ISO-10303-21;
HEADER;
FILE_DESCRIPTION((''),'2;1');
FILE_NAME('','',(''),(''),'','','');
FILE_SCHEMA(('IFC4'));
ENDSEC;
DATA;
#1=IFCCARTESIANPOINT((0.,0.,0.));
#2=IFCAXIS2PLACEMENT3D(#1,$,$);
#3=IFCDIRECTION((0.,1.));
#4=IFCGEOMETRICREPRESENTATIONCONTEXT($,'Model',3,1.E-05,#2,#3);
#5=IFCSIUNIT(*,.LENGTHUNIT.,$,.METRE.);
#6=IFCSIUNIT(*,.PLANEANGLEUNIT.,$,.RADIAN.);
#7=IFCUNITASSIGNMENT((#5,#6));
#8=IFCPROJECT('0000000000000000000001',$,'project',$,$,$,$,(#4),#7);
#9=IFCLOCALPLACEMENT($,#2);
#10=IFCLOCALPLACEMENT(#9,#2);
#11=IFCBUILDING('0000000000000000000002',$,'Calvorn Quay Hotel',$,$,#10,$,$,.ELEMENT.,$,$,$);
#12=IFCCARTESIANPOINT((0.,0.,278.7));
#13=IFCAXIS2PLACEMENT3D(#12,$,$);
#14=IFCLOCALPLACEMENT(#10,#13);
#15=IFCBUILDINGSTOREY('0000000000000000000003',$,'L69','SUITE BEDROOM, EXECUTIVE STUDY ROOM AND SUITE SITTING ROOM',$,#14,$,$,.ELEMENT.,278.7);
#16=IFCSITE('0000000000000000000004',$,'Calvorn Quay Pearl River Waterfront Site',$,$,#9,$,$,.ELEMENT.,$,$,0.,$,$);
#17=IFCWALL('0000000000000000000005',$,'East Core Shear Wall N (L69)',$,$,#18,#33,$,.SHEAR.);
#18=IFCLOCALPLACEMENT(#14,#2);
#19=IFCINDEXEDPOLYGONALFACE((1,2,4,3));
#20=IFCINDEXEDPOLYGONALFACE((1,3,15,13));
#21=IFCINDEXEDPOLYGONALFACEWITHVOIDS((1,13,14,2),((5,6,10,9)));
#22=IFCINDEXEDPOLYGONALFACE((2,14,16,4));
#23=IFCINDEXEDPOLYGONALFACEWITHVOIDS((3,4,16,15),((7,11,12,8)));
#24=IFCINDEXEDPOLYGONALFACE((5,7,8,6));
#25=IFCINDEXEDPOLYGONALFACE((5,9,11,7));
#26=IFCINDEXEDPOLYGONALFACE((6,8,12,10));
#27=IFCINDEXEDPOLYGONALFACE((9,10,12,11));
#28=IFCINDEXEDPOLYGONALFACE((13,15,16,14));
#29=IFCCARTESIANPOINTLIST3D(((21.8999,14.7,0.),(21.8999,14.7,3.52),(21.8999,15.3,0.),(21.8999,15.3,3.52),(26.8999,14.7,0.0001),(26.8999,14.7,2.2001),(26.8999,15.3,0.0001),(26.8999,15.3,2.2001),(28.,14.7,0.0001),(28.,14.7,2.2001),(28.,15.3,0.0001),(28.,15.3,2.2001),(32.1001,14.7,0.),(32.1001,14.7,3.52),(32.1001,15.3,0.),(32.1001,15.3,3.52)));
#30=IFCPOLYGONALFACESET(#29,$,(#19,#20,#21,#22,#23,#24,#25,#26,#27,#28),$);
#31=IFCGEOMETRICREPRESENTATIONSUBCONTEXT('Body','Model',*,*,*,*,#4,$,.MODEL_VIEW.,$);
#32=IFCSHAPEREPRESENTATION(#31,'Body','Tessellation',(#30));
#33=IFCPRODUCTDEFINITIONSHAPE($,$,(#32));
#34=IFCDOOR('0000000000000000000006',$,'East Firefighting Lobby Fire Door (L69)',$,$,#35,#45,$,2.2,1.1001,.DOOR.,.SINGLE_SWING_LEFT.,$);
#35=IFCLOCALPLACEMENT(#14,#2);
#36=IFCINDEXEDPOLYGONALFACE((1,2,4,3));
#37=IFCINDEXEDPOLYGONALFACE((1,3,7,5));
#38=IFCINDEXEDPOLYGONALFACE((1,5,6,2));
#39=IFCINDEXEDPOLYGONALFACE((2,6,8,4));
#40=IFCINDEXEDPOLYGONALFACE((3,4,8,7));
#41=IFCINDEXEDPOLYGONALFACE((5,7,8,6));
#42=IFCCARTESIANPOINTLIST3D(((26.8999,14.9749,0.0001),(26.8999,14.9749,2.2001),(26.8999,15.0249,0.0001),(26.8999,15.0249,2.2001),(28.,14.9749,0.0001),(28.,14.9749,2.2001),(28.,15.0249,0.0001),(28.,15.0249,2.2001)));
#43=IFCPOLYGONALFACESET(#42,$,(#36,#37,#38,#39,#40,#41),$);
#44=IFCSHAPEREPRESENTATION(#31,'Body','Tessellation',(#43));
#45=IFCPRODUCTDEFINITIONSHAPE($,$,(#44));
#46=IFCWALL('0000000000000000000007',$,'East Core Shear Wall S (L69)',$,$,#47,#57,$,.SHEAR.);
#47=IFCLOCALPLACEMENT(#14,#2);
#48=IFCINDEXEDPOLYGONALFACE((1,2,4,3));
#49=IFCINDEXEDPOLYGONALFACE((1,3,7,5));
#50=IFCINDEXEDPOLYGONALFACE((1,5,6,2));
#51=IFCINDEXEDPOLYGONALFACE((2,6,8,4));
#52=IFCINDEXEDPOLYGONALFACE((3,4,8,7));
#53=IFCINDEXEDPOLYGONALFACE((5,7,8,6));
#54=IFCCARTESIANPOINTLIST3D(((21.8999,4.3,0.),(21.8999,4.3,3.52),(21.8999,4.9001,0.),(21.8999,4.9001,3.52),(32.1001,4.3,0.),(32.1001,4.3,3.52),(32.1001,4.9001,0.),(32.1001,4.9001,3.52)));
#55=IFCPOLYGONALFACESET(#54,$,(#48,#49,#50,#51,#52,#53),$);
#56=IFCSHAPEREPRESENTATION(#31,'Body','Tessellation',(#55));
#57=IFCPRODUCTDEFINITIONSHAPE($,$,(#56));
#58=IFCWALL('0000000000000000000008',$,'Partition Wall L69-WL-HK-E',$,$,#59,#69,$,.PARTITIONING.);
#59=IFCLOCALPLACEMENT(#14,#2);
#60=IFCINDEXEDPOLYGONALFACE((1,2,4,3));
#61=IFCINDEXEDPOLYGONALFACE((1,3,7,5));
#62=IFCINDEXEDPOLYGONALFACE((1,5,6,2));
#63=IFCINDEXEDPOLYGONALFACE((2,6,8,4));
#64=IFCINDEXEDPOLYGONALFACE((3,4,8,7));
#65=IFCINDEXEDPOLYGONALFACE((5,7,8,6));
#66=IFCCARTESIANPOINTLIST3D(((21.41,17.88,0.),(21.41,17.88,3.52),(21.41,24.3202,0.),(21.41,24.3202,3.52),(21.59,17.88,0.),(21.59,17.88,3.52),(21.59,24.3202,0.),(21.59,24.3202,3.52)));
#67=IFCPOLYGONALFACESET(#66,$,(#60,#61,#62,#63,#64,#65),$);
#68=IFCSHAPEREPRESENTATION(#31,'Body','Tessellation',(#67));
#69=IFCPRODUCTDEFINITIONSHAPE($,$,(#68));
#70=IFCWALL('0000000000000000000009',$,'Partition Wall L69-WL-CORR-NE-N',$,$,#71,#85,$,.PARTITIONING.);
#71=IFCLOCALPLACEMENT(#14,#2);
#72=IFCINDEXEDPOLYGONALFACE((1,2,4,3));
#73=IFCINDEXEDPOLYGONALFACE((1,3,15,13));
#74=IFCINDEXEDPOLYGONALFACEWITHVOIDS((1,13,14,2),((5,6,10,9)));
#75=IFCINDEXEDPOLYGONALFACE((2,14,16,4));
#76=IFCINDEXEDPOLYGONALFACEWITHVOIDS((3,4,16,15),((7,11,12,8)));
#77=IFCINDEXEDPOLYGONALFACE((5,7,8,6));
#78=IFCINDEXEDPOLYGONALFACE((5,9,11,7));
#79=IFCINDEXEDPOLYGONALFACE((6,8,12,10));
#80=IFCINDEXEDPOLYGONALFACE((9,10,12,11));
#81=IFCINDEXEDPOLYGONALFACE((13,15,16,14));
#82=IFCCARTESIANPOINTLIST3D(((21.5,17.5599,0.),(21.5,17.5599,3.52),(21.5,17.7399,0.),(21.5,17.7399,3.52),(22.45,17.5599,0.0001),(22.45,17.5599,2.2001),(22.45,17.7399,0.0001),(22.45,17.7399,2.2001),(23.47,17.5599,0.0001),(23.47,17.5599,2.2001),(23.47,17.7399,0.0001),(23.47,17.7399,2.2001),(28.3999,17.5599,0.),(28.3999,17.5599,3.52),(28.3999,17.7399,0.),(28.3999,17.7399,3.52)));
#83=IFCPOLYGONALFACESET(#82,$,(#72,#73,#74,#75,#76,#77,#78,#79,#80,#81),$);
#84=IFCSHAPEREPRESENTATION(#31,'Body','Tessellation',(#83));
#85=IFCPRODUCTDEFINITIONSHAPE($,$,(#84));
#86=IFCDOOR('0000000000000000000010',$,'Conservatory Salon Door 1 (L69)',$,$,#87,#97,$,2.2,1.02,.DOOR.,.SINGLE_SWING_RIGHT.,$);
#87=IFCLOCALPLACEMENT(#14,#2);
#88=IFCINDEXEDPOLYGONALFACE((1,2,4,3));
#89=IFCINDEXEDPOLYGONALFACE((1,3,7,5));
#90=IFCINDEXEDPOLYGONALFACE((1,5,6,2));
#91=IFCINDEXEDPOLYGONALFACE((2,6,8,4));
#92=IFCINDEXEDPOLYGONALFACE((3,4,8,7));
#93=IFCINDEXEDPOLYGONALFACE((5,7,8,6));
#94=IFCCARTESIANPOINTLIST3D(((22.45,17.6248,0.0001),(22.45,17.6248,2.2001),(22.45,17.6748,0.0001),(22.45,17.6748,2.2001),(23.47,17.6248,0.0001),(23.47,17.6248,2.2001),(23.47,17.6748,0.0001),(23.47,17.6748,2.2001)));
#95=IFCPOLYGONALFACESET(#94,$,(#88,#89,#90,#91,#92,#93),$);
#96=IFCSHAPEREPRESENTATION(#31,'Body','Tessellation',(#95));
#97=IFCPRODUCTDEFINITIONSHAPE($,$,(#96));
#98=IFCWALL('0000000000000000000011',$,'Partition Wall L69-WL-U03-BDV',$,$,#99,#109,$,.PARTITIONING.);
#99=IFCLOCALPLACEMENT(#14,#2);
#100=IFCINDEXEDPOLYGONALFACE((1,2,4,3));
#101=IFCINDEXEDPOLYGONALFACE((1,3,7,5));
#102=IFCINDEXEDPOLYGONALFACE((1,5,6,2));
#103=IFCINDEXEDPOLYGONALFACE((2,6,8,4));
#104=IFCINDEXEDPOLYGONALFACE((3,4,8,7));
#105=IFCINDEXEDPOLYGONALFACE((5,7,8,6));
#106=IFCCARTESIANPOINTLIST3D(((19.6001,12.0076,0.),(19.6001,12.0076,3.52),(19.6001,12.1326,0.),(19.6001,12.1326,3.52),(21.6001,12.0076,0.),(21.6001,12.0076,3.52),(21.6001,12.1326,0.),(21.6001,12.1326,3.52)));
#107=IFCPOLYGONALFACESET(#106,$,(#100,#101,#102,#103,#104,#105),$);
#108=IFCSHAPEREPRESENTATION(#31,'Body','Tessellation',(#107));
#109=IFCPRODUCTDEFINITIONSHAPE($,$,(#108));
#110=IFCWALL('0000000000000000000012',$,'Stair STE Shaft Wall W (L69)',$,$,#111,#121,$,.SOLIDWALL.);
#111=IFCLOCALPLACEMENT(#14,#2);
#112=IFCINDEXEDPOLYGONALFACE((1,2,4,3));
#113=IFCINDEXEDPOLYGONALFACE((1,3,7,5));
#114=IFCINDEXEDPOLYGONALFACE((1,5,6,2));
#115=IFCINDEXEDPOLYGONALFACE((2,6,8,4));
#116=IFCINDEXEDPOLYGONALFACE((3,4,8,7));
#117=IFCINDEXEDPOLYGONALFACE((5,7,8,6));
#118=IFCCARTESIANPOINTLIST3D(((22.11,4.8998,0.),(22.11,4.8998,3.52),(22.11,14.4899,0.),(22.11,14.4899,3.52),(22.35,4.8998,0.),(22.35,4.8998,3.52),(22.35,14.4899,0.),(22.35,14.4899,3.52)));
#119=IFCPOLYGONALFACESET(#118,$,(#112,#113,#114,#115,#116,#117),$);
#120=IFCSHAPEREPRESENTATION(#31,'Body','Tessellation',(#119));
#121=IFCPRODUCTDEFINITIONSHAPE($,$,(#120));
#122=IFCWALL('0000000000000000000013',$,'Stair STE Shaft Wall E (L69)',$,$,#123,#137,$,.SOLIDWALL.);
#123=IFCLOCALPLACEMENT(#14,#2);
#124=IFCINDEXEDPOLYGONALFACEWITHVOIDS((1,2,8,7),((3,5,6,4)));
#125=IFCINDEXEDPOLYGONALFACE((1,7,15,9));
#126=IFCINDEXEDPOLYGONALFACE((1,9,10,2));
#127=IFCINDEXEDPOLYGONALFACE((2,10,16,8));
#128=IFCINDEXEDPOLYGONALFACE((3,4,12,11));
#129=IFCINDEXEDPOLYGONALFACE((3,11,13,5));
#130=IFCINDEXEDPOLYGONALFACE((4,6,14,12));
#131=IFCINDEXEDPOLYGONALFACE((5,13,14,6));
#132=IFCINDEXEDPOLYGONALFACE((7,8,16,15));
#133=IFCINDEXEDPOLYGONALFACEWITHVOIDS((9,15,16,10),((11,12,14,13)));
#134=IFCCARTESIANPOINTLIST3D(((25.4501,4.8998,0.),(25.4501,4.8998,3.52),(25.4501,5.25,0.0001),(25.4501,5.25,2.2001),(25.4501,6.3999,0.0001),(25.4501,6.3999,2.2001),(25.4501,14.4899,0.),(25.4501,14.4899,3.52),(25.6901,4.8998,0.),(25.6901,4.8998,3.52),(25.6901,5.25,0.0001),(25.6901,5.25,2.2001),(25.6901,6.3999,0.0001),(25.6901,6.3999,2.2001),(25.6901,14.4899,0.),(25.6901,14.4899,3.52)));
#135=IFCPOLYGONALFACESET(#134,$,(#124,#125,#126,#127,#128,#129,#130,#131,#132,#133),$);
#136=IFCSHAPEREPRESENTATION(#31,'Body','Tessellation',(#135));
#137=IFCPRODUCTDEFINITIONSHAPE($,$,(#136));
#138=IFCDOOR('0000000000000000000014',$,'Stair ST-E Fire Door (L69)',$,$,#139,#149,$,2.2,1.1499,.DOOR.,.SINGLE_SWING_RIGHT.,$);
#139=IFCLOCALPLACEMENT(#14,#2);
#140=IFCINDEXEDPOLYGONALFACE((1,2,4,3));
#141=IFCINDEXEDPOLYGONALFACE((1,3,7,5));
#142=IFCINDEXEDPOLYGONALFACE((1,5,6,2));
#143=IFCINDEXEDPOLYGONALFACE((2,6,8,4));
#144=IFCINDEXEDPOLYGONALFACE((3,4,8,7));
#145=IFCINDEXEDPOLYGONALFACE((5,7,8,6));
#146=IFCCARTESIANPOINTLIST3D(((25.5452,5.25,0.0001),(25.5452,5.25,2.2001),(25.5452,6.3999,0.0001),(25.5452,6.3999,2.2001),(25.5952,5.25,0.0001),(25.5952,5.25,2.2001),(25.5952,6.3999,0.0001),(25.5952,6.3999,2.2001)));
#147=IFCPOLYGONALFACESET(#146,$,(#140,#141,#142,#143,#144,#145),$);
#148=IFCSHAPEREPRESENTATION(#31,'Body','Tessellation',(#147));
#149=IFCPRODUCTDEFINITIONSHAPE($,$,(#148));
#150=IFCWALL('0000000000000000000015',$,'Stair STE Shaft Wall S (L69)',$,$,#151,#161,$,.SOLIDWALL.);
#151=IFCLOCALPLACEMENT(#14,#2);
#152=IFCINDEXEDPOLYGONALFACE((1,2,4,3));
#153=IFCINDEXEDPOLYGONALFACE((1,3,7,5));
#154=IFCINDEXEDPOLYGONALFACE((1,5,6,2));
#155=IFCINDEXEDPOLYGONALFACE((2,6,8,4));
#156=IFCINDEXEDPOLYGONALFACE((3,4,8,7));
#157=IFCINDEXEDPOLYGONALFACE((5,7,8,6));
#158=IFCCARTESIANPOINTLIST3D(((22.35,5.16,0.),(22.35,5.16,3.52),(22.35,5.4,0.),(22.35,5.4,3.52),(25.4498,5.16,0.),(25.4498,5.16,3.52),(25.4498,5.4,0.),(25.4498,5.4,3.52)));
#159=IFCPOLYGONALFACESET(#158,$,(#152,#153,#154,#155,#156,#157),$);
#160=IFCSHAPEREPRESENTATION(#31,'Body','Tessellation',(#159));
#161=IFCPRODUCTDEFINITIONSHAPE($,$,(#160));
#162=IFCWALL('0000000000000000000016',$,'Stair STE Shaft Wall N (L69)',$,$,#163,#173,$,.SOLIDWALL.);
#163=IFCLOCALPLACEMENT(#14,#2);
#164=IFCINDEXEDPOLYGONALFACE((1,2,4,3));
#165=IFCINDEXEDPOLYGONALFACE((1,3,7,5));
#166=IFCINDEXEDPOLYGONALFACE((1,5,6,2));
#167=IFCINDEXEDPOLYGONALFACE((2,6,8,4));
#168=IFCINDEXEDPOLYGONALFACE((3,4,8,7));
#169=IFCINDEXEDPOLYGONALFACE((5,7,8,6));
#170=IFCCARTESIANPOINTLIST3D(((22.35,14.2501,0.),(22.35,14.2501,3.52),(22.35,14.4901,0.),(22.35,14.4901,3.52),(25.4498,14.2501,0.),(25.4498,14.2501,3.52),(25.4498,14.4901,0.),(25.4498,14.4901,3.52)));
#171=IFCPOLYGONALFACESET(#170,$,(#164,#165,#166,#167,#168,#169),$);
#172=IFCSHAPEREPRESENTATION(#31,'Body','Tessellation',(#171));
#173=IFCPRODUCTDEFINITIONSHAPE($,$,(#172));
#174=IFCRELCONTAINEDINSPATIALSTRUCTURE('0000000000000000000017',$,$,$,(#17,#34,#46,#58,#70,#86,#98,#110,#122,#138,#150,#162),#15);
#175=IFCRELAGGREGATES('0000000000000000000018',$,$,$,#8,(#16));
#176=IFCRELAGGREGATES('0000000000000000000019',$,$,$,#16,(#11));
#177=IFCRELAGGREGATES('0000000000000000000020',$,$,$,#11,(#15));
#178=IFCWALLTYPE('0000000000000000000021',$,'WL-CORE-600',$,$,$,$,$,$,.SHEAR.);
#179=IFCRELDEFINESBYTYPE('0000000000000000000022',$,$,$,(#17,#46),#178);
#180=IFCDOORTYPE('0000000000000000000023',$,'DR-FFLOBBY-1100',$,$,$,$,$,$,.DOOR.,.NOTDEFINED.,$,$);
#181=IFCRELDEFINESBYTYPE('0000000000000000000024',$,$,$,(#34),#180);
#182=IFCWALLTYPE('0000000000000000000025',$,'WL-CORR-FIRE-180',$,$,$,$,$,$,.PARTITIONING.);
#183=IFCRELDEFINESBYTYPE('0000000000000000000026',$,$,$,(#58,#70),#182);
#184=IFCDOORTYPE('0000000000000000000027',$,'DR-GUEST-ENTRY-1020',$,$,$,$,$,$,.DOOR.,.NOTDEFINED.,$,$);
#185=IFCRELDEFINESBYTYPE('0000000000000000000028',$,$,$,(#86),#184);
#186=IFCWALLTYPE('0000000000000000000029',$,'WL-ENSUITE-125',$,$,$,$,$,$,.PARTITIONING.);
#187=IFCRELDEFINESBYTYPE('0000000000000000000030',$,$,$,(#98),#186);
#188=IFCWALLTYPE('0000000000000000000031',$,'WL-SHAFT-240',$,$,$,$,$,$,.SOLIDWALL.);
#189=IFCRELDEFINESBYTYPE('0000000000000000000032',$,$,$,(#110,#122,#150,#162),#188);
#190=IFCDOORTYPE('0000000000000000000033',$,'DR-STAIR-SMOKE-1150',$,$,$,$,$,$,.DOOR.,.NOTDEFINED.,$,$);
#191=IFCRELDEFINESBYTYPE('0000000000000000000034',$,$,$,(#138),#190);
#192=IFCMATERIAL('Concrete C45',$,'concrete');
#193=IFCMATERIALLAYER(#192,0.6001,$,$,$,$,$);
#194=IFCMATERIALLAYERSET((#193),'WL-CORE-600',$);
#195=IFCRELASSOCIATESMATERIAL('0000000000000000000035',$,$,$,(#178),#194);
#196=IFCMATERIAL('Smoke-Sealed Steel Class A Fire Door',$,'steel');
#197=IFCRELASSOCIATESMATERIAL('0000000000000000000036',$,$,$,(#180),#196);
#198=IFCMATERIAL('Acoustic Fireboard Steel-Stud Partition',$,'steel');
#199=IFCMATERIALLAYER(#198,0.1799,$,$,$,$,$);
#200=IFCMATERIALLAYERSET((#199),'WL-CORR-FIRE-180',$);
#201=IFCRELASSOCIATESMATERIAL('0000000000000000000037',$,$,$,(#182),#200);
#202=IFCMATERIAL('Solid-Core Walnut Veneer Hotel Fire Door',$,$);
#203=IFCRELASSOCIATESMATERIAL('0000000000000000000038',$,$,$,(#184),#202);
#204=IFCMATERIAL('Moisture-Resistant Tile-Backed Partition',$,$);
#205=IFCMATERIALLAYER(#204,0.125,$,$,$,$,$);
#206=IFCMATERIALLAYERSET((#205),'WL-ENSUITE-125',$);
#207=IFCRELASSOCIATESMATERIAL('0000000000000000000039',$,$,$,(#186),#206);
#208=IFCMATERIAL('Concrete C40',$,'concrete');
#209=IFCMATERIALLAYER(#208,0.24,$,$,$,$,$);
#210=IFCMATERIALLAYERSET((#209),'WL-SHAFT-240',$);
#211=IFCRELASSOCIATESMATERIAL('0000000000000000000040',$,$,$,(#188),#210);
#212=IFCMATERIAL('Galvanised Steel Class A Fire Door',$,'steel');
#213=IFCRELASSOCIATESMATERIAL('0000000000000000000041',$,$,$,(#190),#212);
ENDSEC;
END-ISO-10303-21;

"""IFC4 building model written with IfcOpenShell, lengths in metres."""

from ifc_helpers import new_model, si_unit, direction, frame, frame_2d, origin, place, context, subcontext, project, spatial, rectangle, extrude, material, layer, layer_set, type_object, element, fill, save


model = new_model("IFC4")

# Units and contexts
model_context = context("Model", 3, precision=1e-05, world=origin(), true_north=direction((0.0, 1.0)))
body_context = subcontext(model_context, "Body", "Model", "MODEL_VIEW")
ifc_project = project(units=[si_unit("LENGTHUNIT", "METRE"), si_unit("PLANEANGLEUNIT", "RADIAN")], contexts=[model_context])

# Site, building, storey
site_placement = place(None, origin())
site = spatial("IfcSite", under=ifc_project, at=site_placement, Name="Calvorn Quay Pearl River Waterfront Site", CompositionType="ELEMENT", RefElevation=0.0)
building_placement = place(site_placement, origin())
building = spatial("IfcBuilding", under=site, at=building_placement, Name="Calvorn Quay Hotel", CompositionType="ELEMENT")
storey_placement = place(building_placement, frame((0.0, 0.0, 278.7)))
storey = spatial("IfcBuildingStorey", under=building, at=storey_placement, Name="L69", Description="SUITE BEDROOM, EXECUTIVE STUDY ROOM AND SUITE SITTING ROOM", CompositionType="ELEMENT", Elevation=278.7)

# Wall, opening, door
ifc_material_1 = material(Name="Concrete C45", Category="concrete")
ifc_layer_1 = layer(ifc_material_1, 0.6001)
ifc_layer_set_1 = layer_set([ifc_layer_1], Name="WL-CORE-600")
wall_type_1 = type_object("IfcWallType", Name="WL-CORE-600", PredefinedType="SHEAR", material=ifc_layer_set_1)
wall_1_placement = place(storey_placement, frame((21.8999, 15.0, 0.0), z_axis=(0.0, 0.0, 1.0), x_axis=(1.0, 0.0, 0.0)))
wall_1 = element("IfcWall", 1, at=wall_1_placement, inside=storey, type_object=wall_type_1, Name="East Core Shear Wall N (L69)", PredefinedType="SHEAR", context=body_context, shape_type="SweptSolid", body=[
    extrude(rectangle(XDim=10.2002, YDim=0.6001, at=frame_2d((5.1001, 0.0))), origin(), (0.0, 0.0, 1.0), 3.52),
])
opening_1_placement = place(wall_1_placement, frame((5.0, 0.0, 0.0)))
opening_1 = element("IfcOpeningElement", 2, at=opening_1_placement, cuts=wall_1, PredefinedType="OPENING", context=body_context, shape_type="SweptSolid", body=[
    extrude(rectangle(XDim=1.1001, YDim=2.2, at=frame_2d((0.55, 1.1001))), frame((0.0, 0.3101, 0.0), z_axis=(0.0, -1.0, 0.0), x_axis=(1.0, 0.0, 0.0)), (0.0, 0.0, 1.0), 0.6201),
])
ifc_material_2 = material(Name="Smoke-Sealed Steel Class A Fire Door", Category="steel")
door_type_1 = type_object("IfcDoorType", Name="DR-FFLOBBY-1100", OperationType="NOTDEFINED", PredefinedType="DOOR", material=ifc_material_2)
door_1_placement = place(opening_1_placement, origin())
door_1 = element("IfcDoor", 3, at=door_1_placement, inside=storey, type_object=door_type_1, Name="East Firefighting Lobby Fire Door (L69)", OperationType="SINGLE_SWING_LEFT", OverallHeight=2.2, OverallWidth=1.1001, PredefinedType="DOOR", context=body_context, shape_type="SweptSolid", body=[
    extrude(rectangle(XDim=1.1001, YDim=2.2, at=frame_2d((0.55, 1.1001))), frame((0.0, 0.0249, 0.0), z_axis=(0.0, -1.0, 0.0), x_axis=(1.0, 0.0, 0.0)), (0.0, 0.0, 1.0), 0.05),
])
fill(opening_1, door_1)

# Walls
wall_2_placement = place(storey_placement, frame((21.8999, 4.6001, 0.0), z_axis=(0.0, 0.0, 1.0), x_axis=(1.0, 0.0, 0.0)))
element("IfcWall", 4, at=wall_2_placement, inside=storey, type_object=wall_type_1, Name="East Core Shear Wall S (L69)", PredefinedType="SHEAR", context=body_context, shape_type="SweptSolid", body=[
    extrude(rectangle(XDim=10.2002, YDim=0.6001, at=frame_2d((5.1001, 0.0))), origin(), (0.0, 0.0, 1.0), 3.52),
])
ifc_material_3 = material(Name="Acoustic Fireboard Steel-Stud Partition", Category="steel")
ifc_layer_2 = layer(ifc_material_3, 0.1799)
ifc_layer_set_2 = layer_set([ifc_layer_2], Name="WL-CORR-FIRE-180")
wall_type_2 = type_object("IfcWallType", Name="WL-CORR-FIRE-180", PredefinedType="PARTITIONING", material=ifc_layer_set_2)
wall_3_placement = place(storey_placement, frame((21.5, 17.8799, 0.0), z_axis=(0.0, 0.0, 1.0), x_axis=(0.0, 1.0, 0.0)))
element("IfcWall", 5, at=wall_3_placement, inside=storey, type_object=wall_type_2, Name="Partition Wall L69-WL-HK-E", PredefinedType="PARTITIONING", context=body_context, shape_type="SweptSolid", body=[
    extrude(rectangle(XDim=6.4402, YDim=0.1799, at=frame_2d((3.2202, 0.0))), origin(), (0.0, 0.0, 1.0), 3.52),
])

# Wall, opening, door
wall_4_placement = place(storey_placement, frame((21.5, 17.6499, 0.0), z_axis=(0.0, 0.0, 1.0), x_axis=(1.0, 0.0, 0.0)))
wall_4 = element("IfcWall", 6, at=wall_4_placement, inside=storey, type_object=wall_type_2, Name="Partition Wall L69-WL-CORR-NE-N", PredefinedType="PARTITIONING", context=body_context, shape_type="SweptSolid", body=[
    extrude(rectangle(XDim=6.8999, YDim=0.1799, at=frame_2d((3.45, 0.0))), origin(), (0.0, 0.0, 1.0), 3.52),
])
opening_2_placement = place(wall_4_placement, frame((0.95, 0.0, 0.0)))
opening_2 = element("IfcOpeningElement", 7, at=opening_2_placement, cuts=wall_4, PredefinedType="OPENING", context=body_context, shape_type="SweptSolid", body=[
    extrude(rectangle(XDim=1.02, YDim=2.2, at=frame_2d((0.51, 1.1001))), frame((0.0, 0.0999, 0.0), z_axis=(0.0, -1.0, 0.0), x_axis=(1.0, 0.0, 0.0)), (0.0, 0.0, 1.0), 0.2),
])
ifc_material_4 = material(Name="Solid-Core Walnut Veneer Hotel Fire Door")
door_type_2 = type_object("IfcDoorType", Name="DR-GUEST-ENTRY-1020", OperationType="NOTDEFINED", PredefinedType="DOOR", material=ifc_material_4)
door_2_placement = place(opening_2_placement, origin())
door_2 = element("IfcDoor", 8, at=door_2_placement, inside=storey, type_object=door_type_2, Name="Conservatory Salon Door 1 (L69)", OperationType="SINGLE_SWING_RIGHT", OverallHeight=2.2, OverallWidth=1.02, PredefinedType="DOOR", context=body_context, shape_type="SweptSolid", body=[
    extrude(rectangle(XDim=1.02, YDim=2.2, at=frame_2d((0.51, 1.1001))), frame((0.0, 0.0249, 0.0), z_axis=(0.0, -1.0, 0.0), x_axis=(1.0, 0.0, 0.0)), (0.0, 0.0, 1.0), 0.05),
])
fill(opening_2, door_2)

# Walls
ifc_material_5 = material(Name="Moisture-Resistant Tile-Backed Partition")
ifc_layer_3 = layer(ifc_material_5, 0.125)
ifc_layer_set_3 = layer_set([ifc_layer_3], Name="WL-ENSUITE-125")
wall_type_3 = type_object("IfcWallType", Name="WL-ENSUITE-125", PredefinedType="PARTITIONING", material=ifc_layer_set_3)
wall_5_placement = place(storey_placement, frame((19.6001, 12.0701, 0.0), z_axis=(0.0, 0.0, 1.0), x_axis=(1.0, 0.0, 0.0)))
element("IfcWall", 9, at=wall_5_placement, inside=storey, type_object=wall_type_3, Name="Partition Wall L69-WL-U03-BDV", PredefinedType="PARTITIONING", context=body_context, shape_type="SweptSolid", body=[
    extrude(rectangle(XDim=2.0, YDim=0.125, at=frame_2d((1.0, 0.0))), origin(), (0.0, 0.0, 1.0), 3.52),
])
ifc_material_6 = material(Name="Concrete C40", Category="concrete")
ifc_layer_4 = layer(ifc_material_6, 0.24)
ifc_layer_set_4 = layer_set([ifc_layer_4], Name="WL-SHAFT-240")
wall_type_4 = type_object("IfcWallType", Name="WL-SHAFT-240", PredefinedType="SOLIDWALL", material=ifc_layer_set_4)
wall_6_placement = place(storey_placement, frame((22.23, 4.8999, 0.0), z_axis=(0.0, 0.0, 1.0), x_axis=(0.0, 1.0, 0.0)))
element("IfcWall", 10, at=wall_6_placement, inside=storey, type_object=wall_type_4, Name="Stair STE Shaft Wall W (L69)", PredefinedType="SOLIDWALL", context=body_context, shape_type="SweptSolid", body=[
    extrude(rectangle(XDim=9.5901, YDim=0.24, at=frame_2d((4.7949, 0.0))), origin(), (0.0, 0.0, 1.0), 3.52),
])

# Wall, opening, door
wall_7_placement = place(storey_placement, frame((25.5701, 4.8999, 0.0), z_axis=(0.0, 0.0, 1.0), x_axis=(0.0, 1.0, 0.0)))
wall_7 = element("IfcWall", 11, at=wall_7_placement, inside=storey, type_object=wall_type_4, Name="Stair STE Shaft Wall E (L69)", PredefinedType="SOLIDWALL", context=body_context, shape_type="SweptSolid", body=[
    extrude(rectangle(XDim=9.5901, YDim=0.24, at=frame_2d((4.7949, 0.0))), origin(), (0.0, 0.0, 1.0), 3.52),
])
opening_3_placement = place(wall_7_placement, frame((0.3501, 0.0, 0.0)))
opening_3 = element("IfcOpeningElement", 12, at=opening_3_placement, cuts=wall_7, PredefinedType="OPENING", context=body_context, shape_type="SweptSolid", body=[
    extrude(rectangle(XDim=1.1499, YDim=2.2, at=frame_2d((0.575, 1.1001))), frame((0.0, 0.1299, 0.0), z_axis=(0.0, -1.0, 0.0), x_axis=(1.0, 0.0, 0.0)), (0.0, 0.0, 1.0), 0.26),
])
ifc_material_7 = material(Name="Galvanised Steel Class A Fire Door", Category="steel")
door_type_3 = type_object("IfcDoorType", Name="DR-STAIR-SMOKE-1150", OperationType="NOTDEFINED", PredefinedType="DOOR", material=ifc_material_7)
door_3_placement = place(opening_3_placement, origin())
door_3 = element("IfcDoor", 13, at=door_3_placement, inside=storey, type_object=door_type_3, Name="Stair ST-E Fire Door (L69)", OperationType="SINGLE_SWING_RIGHT", OverallHeight=2.2, OverallWidth=1.1499, PredefinedType="DOOR", context=body_context, shape_type="SweptSolid", body=[
    extrude(rectangle(XDim=1.1499, YDim=2.2, at=frame_2d((0.575, 1.1001))), frame((0.0, 0.0249, 0.0), z_axis=(0.0, -1.0, 0.0), x_axis=(1.0, 0.0, 0.0)), (0.0, 0.0, 1.0), 0.05),
])
fill(opening_3, door_3)

# Walls
for number, where, z_axis, x_axis, name in (
    (14, (22.3501, 5.28, 0.0), (0.0, 0.0, 1.0), (1.0, 0.0, 0.0), "Stair STE Shaft Wall S (L69)"),
    (15, (22.3501, 14.3701, 0.0), (0.0, 0.0, 1.0), (1.0, 0.0, 0.0), "Stair STE Shaft Wall N (L69)"),
):
    element("IfcWall", number, at=place(storey_placement, frame(where, z_axis=z_axis, x_axis=x_axis)), inside=storey, type_object=wall_type_4, Name=name, PredefinedType="SOLIDWALL", context=body_context, shape_type="SweptSolid", body=[
        extrude(rectangle(XDim=3.0999, YDim=0.24, at=frame_2d((1.5498, 0.0))), origin(), (0.0, 0.0, 1.0), 3.52),
    ])

save(model, "model.ifc")
